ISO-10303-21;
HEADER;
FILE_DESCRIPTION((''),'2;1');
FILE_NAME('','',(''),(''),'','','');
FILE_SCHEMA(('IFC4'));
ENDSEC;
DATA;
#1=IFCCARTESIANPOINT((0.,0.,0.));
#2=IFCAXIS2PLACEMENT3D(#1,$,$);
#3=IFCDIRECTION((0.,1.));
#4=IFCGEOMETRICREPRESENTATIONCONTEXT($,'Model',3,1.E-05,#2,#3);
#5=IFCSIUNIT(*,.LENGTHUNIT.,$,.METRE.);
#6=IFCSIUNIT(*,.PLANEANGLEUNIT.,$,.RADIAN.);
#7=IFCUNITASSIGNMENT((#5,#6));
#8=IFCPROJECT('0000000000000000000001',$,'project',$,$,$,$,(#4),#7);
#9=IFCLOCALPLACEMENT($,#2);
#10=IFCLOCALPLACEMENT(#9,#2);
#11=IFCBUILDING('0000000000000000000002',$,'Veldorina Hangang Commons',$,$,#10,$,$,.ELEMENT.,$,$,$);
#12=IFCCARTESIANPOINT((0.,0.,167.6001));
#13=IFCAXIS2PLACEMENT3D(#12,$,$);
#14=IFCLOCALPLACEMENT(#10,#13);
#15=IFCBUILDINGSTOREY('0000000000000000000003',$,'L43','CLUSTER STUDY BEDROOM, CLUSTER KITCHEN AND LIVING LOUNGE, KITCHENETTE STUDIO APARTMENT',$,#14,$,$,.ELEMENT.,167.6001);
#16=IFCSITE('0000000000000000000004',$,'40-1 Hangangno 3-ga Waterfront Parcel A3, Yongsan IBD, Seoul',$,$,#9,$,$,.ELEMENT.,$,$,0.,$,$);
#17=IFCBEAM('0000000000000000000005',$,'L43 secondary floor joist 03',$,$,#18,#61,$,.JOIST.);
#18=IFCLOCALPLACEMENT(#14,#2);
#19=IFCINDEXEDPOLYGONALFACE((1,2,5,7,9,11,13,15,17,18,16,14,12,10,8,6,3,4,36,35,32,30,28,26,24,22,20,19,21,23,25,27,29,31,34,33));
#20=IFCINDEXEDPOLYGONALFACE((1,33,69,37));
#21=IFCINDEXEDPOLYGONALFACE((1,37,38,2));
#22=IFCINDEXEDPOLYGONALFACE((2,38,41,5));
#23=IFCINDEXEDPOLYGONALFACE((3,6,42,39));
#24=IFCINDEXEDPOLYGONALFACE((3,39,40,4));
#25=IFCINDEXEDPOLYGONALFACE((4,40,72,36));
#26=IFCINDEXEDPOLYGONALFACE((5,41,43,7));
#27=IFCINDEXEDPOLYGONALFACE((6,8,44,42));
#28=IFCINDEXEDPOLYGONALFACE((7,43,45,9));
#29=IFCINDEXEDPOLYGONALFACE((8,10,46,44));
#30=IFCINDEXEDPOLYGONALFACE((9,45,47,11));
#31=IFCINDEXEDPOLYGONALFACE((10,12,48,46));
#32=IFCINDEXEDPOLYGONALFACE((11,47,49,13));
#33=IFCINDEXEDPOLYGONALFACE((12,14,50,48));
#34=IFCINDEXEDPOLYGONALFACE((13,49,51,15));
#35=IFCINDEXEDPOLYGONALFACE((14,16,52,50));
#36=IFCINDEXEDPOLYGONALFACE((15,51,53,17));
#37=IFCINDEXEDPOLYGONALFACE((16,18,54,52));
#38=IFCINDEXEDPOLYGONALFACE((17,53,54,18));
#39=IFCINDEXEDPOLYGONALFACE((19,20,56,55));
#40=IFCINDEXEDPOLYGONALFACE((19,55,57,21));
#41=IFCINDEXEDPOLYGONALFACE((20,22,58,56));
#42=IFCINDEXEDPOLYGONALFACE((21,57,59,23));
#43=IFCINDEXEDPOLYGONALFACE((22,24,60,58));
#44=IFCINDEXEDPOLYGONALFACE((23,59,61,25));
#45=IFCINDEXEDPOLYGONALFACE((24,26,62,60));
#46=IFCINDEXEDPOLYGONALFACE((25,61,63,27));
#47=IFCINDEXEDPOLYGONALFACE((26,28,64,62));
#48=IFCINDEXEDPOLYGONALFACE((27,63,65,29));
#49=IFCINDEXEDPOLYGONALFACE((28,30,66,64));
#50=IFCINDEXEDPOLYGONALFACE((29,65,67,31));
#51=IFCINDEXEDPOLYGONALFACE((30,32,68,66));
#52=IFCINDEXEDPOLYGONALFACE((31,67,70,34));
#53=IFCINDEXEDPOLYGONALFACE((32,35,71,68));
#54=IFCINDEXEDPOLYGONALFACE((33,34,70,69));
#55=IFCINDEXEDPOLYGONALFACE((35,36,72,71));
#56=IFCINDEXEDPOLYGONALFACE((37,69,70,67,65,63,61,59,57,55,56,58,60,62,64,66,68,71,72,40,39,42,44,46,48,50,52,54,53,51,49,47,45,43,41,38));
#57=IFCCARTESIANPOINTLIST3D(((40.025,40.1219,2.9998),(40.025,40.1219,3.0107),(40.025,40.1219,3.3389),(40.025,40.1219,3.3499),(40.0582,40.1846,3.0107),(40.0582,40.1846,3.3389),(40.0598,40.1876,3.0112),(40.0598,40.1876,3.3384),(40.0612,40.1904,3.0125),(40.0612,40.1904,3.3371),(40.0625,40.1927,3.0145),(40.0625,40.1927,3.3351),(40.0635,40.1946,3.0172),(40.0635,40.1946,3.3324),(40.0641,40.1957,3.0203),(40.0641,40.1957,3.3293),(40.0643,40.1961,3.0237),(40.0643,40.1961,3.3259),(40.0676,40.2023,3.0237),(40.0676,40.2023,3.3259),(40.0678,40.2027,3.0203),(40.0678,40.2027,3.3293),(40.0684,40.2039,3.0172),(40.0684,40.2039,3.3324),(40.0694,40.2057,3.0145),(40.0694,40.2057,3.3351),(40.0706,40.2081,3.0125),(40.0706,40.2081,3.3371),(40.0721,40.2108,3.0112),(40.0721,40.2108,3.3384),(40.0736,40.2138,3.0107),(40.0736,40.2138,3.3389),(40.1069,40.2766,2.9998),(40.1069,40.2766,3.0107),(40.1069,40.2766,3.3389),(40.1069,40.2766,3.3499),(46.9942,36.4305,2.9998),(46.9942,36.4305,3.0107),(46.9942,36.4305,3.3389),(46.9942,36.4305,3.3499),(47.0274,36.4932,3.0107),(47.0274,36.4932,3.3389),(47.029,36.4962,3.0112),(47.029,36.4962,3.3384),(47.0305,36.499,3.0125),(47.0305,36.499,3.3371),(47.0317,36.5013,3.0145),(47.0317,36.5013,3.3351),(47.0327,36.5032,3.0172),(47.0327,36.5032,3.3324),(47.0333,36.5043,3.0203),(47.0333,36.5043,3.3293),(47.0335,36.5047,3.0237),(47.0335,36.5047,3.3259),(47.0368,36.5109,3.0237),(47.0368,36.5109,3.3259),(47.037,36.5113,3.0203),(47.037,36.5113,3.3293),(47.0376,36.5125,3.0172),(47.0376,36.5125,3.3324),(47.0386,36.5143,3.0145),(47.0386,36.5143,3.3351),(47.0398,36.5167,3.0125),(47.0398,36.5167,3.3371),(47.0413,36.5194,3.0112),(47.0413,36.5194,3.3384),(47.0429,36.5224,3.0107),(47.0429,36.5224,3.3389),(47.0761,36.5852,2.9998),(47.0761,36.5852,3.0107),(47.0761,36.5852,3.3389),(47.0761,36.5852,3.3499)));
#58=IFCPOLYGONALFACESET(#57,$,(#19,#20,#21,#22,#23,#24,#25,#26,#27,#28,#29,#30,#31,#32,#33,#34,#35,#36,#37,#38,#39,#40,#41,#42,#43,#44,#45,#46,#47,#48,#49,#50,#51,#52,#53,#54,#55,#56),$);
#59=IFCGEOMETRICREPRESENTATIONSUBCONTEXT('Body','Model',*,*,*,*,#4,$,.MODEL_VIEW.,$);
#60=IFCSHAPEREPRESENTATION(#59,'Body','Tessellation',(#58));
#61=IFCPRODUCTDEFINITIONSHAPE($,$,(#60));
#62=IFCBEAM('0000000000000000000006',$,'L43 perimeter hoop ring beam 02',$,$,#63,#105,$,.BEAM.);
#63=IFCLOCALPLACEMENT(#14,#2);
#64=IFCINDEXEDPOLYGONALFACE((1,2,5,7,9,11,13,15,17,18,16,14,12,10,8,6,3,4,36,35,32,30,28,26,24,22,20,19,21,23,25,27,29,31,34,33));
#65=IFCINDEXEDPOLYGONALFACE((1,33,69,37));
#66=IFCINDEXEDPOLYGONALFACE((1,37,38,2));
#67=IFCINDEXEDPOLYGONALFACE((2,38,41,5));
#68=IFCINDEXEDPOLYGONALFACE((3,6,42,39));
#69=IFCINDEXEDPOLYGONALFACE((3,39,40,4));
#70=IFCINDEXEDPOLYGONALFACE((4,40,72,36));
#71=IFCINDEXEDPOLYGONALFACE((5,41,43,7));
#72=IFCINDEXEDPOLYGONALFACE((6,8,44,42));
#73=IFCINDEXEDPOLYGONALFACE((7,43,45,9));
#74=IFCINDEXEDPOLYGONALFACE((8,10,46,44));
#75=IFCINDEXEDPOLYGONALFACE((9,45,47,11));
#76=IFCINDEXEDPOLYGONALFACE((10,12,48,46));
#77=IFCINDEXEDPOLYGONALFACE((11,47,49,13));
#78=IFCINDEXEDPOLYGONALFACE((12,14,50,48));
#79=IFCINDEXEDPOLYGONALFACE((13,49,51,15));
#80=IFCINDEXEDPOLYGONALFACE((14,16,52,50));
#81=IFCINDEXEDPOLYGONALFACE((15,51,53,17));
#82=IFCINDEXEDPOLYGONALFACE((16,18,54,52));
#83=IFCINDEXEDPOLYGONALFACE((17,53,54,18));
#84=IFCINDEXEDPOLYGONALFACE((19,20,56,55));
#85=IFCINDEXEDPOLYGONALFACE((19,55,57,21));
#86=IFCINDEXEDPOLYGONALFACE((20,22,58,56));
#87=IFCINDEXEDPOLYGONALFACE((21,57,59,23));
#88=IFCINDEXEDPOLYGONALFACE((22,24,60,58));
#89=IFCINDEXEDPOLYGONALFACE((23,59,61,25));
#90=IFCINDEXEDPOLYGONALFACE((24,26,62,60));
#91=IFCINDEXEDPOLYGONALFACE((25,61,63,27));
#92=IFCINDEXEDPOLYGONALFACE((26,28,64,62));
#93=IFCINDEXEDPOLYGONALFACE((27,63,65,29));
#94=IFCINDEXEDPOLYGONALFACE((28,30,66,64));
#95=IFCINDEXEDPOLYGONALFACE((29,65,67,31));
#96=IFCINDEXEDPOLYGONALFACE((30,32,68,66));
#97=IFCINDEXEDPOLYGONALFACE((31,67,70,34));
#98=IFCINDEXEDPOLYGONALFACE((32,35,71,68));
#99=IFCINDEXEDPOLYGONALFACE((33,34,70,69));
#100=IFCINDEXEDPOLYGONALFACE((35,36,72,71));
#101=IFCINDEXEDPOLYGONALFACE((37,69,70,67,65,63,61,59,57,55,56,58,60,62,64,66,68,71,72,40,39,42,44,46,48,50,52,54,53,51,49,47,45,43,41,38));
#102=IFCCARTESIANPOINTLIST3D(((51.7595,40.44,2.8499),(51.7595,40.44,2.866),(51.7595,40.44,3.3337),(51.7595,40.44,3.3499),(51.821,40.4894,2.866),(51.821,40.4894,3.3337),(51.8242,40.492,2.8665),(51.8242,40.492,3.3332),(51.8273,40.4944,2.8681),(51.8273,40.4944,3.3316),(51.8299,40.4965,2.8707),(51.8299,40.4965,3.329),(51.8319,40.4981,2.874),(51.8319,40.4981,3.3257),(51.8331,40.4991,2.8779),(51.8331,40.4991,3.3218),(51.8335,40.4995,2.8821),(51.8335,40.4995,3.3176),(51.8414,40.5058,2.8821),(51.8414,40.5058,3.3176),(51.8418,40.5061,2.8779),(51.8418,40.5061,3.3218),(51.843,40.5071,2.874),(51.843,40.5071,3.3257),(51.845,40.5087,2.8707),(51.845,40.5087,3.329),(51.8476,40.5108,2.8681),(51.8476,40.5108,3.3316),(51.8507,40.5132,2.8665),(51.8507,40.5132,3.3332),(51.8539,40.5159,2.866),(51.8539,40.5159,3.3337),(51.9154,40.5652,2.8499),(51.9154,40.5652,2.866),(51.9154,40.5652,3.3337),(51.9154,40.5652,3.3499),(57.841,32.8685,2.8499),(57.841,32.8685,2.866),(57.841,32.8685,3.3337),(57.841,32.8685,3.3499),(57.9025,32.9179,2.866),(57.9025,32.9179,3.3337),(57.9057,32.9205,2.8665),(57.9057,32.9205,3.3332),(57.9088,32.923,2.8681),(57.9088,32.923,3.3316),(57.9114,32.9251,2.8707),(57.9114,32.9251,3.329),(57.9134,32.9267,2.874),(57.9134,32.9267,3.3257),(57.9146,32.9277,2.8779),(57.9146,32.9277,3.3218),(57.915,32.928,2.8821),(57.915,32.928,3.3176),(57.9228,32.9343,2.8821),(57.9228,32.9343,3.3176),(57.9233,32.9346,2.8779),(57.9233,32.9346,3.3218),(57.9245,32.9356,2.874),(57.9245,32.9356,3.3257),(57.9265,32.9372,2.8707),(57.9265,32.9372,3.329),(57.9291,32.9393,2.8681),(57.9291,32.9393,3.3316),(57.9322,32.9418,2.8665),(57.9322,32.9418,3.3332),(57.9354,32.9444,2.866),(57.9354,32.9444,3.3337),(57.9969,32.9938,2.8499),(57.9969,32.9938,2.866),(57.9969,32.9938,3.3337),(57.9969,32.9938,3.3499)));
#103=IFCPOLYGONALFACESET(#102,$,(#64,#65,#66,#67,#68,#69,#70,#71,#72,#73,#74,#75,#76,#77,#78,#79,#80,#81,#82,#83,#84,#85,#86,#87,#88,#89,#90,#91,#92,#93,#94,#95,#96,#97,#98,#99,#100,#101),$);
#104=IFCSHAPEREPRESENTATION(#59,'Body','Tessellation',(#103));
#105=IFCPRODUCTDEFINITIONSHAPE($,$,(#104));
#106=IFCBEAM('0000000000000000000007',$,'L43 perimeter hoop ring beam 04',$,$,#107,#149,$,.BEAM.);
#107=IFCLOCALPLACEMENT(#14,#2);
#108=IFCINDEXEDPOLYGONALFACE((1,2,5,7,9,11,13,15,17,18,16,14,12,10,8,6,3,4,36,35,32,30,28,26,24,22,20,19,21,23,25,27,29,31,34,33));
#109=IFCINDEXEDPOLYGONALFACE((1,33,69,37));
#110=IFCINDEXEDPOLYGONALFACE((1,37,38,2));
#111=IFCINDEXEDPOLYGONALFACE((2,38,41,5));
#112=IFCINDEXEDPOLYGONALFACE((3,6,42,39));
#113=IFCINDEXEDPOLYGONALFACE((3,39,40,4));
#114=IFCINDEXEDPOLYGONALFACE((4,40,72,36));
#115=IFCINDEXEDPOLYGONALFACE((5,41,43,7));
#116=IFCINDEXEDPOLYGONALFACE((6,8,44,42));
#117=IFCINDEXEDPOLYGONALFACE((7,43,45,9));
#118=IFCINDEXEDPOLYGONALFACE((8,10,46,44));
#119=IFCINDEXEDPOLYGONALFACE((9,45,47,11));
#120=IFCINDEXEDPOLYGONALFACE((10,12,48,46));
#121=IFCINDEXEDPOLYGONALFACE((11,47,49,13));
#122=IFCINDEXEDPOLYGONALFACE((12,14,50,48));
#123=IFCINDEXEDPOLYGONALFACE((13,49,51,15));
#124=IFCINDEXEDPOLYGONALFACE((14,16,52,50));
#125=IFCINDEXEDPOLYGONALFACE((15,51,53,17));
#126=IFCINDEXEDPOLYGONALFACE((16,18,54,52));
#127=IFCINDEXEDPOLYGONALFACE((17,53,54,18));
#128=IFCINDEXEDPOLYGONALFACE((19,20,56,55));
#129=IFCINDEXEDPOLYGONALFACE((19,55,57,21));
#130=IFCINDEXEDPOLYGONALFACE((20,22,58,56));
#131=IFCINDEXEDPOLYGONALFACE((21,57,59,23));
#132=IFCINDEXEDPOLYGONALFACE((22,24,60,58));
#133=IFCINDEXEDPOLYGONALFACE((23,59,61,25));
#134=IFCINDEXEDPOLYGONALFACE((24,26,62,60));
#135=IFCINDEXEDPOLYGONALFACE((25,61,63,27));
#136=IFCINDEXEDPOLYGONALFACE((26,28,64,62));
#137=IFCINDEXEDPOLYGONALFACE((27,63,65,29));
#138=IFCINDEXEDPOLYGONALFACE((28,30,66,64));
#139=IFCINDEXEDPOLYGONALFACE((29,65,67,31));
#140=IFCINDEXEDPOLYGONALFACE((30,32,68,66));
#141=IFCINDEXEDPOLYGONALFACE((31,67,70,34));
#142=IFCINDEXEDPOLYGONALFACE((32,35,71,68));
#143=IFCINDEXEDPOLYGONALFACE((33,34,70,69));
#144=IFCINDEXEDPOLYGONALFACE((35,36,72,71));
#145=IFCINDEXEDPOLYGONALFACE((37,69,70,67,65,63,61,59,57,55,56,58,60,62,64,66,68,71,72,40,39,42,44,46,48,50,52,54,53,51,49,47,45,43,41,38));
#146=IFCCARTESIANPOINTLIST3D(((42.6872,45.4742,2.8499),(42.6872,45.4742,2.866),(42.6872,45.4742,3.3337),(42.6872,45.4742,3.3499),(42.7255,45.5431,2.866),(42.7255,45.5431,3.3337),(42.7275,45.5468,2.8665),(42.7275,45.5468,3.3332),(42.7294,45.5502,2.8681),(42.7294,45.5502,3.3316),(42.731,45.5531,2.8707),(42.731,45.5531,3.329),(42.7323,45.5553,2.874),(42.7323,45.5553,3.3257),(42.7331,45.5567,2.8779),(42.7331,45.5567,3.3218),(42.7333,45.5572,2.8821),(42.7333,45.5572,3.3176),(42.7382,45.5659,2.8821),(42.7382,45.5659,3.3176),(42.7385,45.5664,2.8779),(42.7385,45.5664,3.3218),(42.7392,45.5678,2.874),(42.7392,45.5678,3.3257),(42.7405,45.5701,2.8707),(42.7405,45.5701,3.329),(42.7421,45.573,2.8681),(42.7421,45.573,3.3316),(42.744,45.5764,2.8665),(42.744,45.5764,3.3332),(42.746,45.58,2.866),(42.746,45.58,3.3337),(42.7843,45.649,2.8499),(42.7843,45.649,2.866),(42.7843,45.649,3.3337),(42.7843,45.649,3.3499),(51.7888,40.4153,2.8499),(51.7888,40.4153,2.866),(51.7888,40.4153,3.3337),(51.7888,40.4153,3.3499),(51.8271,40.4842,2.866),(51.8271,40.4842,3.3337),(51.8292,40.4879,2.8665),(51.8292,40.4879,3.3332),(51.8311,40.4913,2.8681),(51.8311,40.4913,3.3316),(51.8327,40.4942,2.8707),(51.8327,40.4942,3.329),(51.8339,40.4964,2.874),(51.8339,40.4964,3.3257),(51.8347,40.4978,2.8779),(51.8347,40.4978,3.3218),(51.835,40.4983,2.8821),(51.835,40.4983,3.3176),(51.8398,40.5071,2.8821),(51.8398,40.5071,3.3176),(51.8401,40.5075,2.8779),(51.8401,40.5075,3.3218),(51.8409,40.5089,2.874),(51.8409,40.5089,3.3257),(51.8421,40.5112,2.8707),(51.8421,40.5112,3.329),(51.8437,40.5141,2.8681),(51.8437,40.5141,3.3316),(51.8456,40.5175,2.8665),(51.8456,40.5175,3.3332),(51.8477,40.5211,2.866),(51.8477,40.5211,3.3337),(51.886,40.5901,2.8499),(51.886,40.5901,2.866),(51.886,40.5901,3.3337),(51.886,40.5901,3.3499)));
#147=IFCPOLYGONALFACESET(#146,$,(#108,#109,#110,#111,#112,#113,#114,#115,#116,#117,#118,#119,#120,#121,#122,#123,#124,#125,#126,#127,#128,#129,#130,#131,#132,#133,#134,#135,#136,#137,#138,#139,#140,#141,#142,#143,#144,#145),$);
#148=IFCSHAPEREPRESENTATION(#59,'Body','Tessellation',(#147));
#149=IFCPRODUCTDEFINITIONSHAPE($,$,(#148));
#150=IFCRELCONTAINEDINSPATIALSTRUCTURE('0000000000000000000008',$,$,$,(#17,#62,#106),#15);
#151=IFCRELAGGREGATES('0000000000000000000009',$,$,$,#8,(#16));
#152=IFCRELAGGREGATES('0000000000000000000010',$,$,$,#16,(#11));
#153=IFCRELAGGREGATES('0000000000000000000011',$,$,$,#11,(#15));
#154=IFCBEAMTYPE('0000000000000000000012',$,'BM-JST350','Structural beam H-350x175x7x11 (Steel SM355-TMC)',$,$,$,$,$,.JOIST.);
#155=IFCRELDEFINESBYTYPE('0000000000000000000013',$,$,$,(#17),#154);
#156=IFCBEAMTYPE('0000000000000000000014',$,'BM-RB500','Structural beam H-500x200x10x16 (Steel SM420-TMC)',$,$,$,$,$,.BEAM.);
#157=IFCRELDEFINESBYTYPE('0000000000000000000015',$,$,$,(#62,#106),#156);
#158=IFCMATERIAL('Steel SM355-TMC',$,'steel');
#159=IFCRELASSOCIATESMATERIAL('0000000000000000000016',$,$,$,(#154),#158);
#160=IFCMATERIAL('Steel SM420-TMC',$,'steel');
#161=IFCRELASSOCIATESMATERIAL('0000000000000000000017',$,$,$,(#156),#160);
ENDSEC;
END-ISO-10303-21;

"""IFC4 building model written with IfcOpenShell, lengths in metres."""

from ifc_helpers import new_model, si_unit, direction, frame, origin, origin_2d, place, context, subcontext, project, spatial, i_section, extrude, material, material_profile, profile_set, type_object, element, save


model = new_model("IFC4")

# Units and contexts
model_context = context("Model", 3, precision=1e-05, world=origin(), true_north=direction((0.0, 1.0)))
body_context = subcontext(model_context, "Body", "Model", "MODEL_VIEW")
ifc_project = project(units=[si_unit("LENGTHUNIT", "METRE"), si_unit("PLANEANGLEUNIT", "RADIAN")], contexts=[model_context])

# Site, building, storey
site_placement = place(None, origin())
site = spatial("IfcSite", under=ifc_project, at=site_placement, Name="40-1 Hangangno 3-ga Waterfront Parcel A3, Yongsan IBD, Seoul", CompositionType="ELEMENT", RefElevation=0.0)
building_placement = place(site_placement, origin())
building = spatial("IfcBuilding", under=site, at=building_placement, Name="Veldorina Hangang Commons", CompositionType="ELEMENT")
storey_placement = place(building_placement, frame((0.0, 0.0, 167.6001)))
storey = spatial("IfcBuildingStorey", under=building, at=storey_placement, Name="L43", Description="CLUSTER STUDY BEDROOM, CLUSTER KITCHEN AND LIVING LOUNGE, KITCHENETTE STUDIO APARTMENT", CompositionType="ELEMENT", Elevation=167.6001)

# Beams
ifc_material_1 = material(Name="Steel SM355-TMC", Category="steel")
ifc_material_profile_1 = material_profile(ifc_material_1, i_section(OverallWidth=0.175, OverallDepth=0.3501, WebThickness=0.0071, FlangeThickness=0.011, FilletRadius=0.0129, at=origin_2d()), Name="H-350x175x7x11")
ifc_profile_set_1 = profile_set([ifc_material_profile_1], Name="Steel SM355-TMC")
beam_type_1 = type_object("IfcBeamType", Name="BM-JST350", Description="Structural beam H-350x175x7x11 (Steel SM355-TMC)", PredefinedType="JOIST", material=ifc_profile_set_1)
beam_1_placement = place(storey_placement, frame((47.0352, 36.5078, 3.1748), z_axis=(-0.883693, 0.468067, 0.0), x_axis=(-0.468067, -0.883693, 0.0)))
element("IfcBeam", 1, at=beam_1_placement, inside=storey, type_object=beam_type_1, Name="L43 secondary floor joist 03", PredefinedType="JOIST", context=body_context, shape_type="SweptSolid", body=[
    extrude(i_section(OverallWidth=0.175, OverallDepth=0.3501, WebThickness=0.0071, FlangeThickness=0.011, FilletRadius=0.0129, at=origin_2d()), origin(), (0.0, 0.0, 1.0), 7.8865),
])
ifc_material_2 = material(Name="Steel SM420-TMC", Category="steel")
ifc_material_profile_2 = material_profile(ifc_material_2, i_section(OverallWidth=0.2, OverallDepth=0.5, WebThickness=0.01, FlangeThickness=0.0161, FilletRadius=0.0161, at=origin_2d()), Name="H-500x200x10x16")
ifc_profile_set_2 = profile_set([ifc_material_profile_2], Name="Steel SM420-TMC")
beam_type_2 = type_object("IfcBeamType", Name="BM-RB500", Description="Structural beam H-500x200x10x16 (Steel SM420-TMC)", PredefinedType="BEAM", material=ifc_profile_set_2)
beam_2_placement = place(storey_placement, frame((57.9189, 32.9312, 3.0999), z_axis=(-0.626221, 0.779646, 0.0), x_axis=(-0.779646, -0.626221, 0.0)))
element("IfcBeam", 2, at=beam_2_placement, inside=storey, type_object=beam_type_2, Name="L43 perimeter hoop ring beam 02", PredefinedType="BEAM", context=body_context, shape_type="SweptSolid", body=[
    extrude(i_section(OverallWidth=0.2, OverallDepth=0.5, WebThickness=0.01, FlangeThickness=0.0161, FilletRadius=0.0161, at=origin_2d()), origin(), (0.0, 0.0, 1.0), 9.7114),
])
beam_3_placement = place(storey_placement, frame((51.8374, 40.5027, 3.0999), z_axis=(-0.874059, 0.48582, 0.0), x_axis=(-0.48582, -0.874059, 0.0)))
element("IfcBeam", 3, at=beam_3_placement, inside=storey, type_object=beam_type_2, Name="L43 perimeter hoop ring beam 04", PredefinedType="BEAM", context=body_context, shape_type="SweptSolid", body=[
    extrude(i_section(OverallWidth=0.2, OverallDepth=0.5, WebThickness=0.01, FlangeThickness=0.0161, FilletRadius=0.0161, at=origin_2d()), origin(), (0.0, 0.0, 1.0), 10.4131),
])

save(model, "model.ifc")
